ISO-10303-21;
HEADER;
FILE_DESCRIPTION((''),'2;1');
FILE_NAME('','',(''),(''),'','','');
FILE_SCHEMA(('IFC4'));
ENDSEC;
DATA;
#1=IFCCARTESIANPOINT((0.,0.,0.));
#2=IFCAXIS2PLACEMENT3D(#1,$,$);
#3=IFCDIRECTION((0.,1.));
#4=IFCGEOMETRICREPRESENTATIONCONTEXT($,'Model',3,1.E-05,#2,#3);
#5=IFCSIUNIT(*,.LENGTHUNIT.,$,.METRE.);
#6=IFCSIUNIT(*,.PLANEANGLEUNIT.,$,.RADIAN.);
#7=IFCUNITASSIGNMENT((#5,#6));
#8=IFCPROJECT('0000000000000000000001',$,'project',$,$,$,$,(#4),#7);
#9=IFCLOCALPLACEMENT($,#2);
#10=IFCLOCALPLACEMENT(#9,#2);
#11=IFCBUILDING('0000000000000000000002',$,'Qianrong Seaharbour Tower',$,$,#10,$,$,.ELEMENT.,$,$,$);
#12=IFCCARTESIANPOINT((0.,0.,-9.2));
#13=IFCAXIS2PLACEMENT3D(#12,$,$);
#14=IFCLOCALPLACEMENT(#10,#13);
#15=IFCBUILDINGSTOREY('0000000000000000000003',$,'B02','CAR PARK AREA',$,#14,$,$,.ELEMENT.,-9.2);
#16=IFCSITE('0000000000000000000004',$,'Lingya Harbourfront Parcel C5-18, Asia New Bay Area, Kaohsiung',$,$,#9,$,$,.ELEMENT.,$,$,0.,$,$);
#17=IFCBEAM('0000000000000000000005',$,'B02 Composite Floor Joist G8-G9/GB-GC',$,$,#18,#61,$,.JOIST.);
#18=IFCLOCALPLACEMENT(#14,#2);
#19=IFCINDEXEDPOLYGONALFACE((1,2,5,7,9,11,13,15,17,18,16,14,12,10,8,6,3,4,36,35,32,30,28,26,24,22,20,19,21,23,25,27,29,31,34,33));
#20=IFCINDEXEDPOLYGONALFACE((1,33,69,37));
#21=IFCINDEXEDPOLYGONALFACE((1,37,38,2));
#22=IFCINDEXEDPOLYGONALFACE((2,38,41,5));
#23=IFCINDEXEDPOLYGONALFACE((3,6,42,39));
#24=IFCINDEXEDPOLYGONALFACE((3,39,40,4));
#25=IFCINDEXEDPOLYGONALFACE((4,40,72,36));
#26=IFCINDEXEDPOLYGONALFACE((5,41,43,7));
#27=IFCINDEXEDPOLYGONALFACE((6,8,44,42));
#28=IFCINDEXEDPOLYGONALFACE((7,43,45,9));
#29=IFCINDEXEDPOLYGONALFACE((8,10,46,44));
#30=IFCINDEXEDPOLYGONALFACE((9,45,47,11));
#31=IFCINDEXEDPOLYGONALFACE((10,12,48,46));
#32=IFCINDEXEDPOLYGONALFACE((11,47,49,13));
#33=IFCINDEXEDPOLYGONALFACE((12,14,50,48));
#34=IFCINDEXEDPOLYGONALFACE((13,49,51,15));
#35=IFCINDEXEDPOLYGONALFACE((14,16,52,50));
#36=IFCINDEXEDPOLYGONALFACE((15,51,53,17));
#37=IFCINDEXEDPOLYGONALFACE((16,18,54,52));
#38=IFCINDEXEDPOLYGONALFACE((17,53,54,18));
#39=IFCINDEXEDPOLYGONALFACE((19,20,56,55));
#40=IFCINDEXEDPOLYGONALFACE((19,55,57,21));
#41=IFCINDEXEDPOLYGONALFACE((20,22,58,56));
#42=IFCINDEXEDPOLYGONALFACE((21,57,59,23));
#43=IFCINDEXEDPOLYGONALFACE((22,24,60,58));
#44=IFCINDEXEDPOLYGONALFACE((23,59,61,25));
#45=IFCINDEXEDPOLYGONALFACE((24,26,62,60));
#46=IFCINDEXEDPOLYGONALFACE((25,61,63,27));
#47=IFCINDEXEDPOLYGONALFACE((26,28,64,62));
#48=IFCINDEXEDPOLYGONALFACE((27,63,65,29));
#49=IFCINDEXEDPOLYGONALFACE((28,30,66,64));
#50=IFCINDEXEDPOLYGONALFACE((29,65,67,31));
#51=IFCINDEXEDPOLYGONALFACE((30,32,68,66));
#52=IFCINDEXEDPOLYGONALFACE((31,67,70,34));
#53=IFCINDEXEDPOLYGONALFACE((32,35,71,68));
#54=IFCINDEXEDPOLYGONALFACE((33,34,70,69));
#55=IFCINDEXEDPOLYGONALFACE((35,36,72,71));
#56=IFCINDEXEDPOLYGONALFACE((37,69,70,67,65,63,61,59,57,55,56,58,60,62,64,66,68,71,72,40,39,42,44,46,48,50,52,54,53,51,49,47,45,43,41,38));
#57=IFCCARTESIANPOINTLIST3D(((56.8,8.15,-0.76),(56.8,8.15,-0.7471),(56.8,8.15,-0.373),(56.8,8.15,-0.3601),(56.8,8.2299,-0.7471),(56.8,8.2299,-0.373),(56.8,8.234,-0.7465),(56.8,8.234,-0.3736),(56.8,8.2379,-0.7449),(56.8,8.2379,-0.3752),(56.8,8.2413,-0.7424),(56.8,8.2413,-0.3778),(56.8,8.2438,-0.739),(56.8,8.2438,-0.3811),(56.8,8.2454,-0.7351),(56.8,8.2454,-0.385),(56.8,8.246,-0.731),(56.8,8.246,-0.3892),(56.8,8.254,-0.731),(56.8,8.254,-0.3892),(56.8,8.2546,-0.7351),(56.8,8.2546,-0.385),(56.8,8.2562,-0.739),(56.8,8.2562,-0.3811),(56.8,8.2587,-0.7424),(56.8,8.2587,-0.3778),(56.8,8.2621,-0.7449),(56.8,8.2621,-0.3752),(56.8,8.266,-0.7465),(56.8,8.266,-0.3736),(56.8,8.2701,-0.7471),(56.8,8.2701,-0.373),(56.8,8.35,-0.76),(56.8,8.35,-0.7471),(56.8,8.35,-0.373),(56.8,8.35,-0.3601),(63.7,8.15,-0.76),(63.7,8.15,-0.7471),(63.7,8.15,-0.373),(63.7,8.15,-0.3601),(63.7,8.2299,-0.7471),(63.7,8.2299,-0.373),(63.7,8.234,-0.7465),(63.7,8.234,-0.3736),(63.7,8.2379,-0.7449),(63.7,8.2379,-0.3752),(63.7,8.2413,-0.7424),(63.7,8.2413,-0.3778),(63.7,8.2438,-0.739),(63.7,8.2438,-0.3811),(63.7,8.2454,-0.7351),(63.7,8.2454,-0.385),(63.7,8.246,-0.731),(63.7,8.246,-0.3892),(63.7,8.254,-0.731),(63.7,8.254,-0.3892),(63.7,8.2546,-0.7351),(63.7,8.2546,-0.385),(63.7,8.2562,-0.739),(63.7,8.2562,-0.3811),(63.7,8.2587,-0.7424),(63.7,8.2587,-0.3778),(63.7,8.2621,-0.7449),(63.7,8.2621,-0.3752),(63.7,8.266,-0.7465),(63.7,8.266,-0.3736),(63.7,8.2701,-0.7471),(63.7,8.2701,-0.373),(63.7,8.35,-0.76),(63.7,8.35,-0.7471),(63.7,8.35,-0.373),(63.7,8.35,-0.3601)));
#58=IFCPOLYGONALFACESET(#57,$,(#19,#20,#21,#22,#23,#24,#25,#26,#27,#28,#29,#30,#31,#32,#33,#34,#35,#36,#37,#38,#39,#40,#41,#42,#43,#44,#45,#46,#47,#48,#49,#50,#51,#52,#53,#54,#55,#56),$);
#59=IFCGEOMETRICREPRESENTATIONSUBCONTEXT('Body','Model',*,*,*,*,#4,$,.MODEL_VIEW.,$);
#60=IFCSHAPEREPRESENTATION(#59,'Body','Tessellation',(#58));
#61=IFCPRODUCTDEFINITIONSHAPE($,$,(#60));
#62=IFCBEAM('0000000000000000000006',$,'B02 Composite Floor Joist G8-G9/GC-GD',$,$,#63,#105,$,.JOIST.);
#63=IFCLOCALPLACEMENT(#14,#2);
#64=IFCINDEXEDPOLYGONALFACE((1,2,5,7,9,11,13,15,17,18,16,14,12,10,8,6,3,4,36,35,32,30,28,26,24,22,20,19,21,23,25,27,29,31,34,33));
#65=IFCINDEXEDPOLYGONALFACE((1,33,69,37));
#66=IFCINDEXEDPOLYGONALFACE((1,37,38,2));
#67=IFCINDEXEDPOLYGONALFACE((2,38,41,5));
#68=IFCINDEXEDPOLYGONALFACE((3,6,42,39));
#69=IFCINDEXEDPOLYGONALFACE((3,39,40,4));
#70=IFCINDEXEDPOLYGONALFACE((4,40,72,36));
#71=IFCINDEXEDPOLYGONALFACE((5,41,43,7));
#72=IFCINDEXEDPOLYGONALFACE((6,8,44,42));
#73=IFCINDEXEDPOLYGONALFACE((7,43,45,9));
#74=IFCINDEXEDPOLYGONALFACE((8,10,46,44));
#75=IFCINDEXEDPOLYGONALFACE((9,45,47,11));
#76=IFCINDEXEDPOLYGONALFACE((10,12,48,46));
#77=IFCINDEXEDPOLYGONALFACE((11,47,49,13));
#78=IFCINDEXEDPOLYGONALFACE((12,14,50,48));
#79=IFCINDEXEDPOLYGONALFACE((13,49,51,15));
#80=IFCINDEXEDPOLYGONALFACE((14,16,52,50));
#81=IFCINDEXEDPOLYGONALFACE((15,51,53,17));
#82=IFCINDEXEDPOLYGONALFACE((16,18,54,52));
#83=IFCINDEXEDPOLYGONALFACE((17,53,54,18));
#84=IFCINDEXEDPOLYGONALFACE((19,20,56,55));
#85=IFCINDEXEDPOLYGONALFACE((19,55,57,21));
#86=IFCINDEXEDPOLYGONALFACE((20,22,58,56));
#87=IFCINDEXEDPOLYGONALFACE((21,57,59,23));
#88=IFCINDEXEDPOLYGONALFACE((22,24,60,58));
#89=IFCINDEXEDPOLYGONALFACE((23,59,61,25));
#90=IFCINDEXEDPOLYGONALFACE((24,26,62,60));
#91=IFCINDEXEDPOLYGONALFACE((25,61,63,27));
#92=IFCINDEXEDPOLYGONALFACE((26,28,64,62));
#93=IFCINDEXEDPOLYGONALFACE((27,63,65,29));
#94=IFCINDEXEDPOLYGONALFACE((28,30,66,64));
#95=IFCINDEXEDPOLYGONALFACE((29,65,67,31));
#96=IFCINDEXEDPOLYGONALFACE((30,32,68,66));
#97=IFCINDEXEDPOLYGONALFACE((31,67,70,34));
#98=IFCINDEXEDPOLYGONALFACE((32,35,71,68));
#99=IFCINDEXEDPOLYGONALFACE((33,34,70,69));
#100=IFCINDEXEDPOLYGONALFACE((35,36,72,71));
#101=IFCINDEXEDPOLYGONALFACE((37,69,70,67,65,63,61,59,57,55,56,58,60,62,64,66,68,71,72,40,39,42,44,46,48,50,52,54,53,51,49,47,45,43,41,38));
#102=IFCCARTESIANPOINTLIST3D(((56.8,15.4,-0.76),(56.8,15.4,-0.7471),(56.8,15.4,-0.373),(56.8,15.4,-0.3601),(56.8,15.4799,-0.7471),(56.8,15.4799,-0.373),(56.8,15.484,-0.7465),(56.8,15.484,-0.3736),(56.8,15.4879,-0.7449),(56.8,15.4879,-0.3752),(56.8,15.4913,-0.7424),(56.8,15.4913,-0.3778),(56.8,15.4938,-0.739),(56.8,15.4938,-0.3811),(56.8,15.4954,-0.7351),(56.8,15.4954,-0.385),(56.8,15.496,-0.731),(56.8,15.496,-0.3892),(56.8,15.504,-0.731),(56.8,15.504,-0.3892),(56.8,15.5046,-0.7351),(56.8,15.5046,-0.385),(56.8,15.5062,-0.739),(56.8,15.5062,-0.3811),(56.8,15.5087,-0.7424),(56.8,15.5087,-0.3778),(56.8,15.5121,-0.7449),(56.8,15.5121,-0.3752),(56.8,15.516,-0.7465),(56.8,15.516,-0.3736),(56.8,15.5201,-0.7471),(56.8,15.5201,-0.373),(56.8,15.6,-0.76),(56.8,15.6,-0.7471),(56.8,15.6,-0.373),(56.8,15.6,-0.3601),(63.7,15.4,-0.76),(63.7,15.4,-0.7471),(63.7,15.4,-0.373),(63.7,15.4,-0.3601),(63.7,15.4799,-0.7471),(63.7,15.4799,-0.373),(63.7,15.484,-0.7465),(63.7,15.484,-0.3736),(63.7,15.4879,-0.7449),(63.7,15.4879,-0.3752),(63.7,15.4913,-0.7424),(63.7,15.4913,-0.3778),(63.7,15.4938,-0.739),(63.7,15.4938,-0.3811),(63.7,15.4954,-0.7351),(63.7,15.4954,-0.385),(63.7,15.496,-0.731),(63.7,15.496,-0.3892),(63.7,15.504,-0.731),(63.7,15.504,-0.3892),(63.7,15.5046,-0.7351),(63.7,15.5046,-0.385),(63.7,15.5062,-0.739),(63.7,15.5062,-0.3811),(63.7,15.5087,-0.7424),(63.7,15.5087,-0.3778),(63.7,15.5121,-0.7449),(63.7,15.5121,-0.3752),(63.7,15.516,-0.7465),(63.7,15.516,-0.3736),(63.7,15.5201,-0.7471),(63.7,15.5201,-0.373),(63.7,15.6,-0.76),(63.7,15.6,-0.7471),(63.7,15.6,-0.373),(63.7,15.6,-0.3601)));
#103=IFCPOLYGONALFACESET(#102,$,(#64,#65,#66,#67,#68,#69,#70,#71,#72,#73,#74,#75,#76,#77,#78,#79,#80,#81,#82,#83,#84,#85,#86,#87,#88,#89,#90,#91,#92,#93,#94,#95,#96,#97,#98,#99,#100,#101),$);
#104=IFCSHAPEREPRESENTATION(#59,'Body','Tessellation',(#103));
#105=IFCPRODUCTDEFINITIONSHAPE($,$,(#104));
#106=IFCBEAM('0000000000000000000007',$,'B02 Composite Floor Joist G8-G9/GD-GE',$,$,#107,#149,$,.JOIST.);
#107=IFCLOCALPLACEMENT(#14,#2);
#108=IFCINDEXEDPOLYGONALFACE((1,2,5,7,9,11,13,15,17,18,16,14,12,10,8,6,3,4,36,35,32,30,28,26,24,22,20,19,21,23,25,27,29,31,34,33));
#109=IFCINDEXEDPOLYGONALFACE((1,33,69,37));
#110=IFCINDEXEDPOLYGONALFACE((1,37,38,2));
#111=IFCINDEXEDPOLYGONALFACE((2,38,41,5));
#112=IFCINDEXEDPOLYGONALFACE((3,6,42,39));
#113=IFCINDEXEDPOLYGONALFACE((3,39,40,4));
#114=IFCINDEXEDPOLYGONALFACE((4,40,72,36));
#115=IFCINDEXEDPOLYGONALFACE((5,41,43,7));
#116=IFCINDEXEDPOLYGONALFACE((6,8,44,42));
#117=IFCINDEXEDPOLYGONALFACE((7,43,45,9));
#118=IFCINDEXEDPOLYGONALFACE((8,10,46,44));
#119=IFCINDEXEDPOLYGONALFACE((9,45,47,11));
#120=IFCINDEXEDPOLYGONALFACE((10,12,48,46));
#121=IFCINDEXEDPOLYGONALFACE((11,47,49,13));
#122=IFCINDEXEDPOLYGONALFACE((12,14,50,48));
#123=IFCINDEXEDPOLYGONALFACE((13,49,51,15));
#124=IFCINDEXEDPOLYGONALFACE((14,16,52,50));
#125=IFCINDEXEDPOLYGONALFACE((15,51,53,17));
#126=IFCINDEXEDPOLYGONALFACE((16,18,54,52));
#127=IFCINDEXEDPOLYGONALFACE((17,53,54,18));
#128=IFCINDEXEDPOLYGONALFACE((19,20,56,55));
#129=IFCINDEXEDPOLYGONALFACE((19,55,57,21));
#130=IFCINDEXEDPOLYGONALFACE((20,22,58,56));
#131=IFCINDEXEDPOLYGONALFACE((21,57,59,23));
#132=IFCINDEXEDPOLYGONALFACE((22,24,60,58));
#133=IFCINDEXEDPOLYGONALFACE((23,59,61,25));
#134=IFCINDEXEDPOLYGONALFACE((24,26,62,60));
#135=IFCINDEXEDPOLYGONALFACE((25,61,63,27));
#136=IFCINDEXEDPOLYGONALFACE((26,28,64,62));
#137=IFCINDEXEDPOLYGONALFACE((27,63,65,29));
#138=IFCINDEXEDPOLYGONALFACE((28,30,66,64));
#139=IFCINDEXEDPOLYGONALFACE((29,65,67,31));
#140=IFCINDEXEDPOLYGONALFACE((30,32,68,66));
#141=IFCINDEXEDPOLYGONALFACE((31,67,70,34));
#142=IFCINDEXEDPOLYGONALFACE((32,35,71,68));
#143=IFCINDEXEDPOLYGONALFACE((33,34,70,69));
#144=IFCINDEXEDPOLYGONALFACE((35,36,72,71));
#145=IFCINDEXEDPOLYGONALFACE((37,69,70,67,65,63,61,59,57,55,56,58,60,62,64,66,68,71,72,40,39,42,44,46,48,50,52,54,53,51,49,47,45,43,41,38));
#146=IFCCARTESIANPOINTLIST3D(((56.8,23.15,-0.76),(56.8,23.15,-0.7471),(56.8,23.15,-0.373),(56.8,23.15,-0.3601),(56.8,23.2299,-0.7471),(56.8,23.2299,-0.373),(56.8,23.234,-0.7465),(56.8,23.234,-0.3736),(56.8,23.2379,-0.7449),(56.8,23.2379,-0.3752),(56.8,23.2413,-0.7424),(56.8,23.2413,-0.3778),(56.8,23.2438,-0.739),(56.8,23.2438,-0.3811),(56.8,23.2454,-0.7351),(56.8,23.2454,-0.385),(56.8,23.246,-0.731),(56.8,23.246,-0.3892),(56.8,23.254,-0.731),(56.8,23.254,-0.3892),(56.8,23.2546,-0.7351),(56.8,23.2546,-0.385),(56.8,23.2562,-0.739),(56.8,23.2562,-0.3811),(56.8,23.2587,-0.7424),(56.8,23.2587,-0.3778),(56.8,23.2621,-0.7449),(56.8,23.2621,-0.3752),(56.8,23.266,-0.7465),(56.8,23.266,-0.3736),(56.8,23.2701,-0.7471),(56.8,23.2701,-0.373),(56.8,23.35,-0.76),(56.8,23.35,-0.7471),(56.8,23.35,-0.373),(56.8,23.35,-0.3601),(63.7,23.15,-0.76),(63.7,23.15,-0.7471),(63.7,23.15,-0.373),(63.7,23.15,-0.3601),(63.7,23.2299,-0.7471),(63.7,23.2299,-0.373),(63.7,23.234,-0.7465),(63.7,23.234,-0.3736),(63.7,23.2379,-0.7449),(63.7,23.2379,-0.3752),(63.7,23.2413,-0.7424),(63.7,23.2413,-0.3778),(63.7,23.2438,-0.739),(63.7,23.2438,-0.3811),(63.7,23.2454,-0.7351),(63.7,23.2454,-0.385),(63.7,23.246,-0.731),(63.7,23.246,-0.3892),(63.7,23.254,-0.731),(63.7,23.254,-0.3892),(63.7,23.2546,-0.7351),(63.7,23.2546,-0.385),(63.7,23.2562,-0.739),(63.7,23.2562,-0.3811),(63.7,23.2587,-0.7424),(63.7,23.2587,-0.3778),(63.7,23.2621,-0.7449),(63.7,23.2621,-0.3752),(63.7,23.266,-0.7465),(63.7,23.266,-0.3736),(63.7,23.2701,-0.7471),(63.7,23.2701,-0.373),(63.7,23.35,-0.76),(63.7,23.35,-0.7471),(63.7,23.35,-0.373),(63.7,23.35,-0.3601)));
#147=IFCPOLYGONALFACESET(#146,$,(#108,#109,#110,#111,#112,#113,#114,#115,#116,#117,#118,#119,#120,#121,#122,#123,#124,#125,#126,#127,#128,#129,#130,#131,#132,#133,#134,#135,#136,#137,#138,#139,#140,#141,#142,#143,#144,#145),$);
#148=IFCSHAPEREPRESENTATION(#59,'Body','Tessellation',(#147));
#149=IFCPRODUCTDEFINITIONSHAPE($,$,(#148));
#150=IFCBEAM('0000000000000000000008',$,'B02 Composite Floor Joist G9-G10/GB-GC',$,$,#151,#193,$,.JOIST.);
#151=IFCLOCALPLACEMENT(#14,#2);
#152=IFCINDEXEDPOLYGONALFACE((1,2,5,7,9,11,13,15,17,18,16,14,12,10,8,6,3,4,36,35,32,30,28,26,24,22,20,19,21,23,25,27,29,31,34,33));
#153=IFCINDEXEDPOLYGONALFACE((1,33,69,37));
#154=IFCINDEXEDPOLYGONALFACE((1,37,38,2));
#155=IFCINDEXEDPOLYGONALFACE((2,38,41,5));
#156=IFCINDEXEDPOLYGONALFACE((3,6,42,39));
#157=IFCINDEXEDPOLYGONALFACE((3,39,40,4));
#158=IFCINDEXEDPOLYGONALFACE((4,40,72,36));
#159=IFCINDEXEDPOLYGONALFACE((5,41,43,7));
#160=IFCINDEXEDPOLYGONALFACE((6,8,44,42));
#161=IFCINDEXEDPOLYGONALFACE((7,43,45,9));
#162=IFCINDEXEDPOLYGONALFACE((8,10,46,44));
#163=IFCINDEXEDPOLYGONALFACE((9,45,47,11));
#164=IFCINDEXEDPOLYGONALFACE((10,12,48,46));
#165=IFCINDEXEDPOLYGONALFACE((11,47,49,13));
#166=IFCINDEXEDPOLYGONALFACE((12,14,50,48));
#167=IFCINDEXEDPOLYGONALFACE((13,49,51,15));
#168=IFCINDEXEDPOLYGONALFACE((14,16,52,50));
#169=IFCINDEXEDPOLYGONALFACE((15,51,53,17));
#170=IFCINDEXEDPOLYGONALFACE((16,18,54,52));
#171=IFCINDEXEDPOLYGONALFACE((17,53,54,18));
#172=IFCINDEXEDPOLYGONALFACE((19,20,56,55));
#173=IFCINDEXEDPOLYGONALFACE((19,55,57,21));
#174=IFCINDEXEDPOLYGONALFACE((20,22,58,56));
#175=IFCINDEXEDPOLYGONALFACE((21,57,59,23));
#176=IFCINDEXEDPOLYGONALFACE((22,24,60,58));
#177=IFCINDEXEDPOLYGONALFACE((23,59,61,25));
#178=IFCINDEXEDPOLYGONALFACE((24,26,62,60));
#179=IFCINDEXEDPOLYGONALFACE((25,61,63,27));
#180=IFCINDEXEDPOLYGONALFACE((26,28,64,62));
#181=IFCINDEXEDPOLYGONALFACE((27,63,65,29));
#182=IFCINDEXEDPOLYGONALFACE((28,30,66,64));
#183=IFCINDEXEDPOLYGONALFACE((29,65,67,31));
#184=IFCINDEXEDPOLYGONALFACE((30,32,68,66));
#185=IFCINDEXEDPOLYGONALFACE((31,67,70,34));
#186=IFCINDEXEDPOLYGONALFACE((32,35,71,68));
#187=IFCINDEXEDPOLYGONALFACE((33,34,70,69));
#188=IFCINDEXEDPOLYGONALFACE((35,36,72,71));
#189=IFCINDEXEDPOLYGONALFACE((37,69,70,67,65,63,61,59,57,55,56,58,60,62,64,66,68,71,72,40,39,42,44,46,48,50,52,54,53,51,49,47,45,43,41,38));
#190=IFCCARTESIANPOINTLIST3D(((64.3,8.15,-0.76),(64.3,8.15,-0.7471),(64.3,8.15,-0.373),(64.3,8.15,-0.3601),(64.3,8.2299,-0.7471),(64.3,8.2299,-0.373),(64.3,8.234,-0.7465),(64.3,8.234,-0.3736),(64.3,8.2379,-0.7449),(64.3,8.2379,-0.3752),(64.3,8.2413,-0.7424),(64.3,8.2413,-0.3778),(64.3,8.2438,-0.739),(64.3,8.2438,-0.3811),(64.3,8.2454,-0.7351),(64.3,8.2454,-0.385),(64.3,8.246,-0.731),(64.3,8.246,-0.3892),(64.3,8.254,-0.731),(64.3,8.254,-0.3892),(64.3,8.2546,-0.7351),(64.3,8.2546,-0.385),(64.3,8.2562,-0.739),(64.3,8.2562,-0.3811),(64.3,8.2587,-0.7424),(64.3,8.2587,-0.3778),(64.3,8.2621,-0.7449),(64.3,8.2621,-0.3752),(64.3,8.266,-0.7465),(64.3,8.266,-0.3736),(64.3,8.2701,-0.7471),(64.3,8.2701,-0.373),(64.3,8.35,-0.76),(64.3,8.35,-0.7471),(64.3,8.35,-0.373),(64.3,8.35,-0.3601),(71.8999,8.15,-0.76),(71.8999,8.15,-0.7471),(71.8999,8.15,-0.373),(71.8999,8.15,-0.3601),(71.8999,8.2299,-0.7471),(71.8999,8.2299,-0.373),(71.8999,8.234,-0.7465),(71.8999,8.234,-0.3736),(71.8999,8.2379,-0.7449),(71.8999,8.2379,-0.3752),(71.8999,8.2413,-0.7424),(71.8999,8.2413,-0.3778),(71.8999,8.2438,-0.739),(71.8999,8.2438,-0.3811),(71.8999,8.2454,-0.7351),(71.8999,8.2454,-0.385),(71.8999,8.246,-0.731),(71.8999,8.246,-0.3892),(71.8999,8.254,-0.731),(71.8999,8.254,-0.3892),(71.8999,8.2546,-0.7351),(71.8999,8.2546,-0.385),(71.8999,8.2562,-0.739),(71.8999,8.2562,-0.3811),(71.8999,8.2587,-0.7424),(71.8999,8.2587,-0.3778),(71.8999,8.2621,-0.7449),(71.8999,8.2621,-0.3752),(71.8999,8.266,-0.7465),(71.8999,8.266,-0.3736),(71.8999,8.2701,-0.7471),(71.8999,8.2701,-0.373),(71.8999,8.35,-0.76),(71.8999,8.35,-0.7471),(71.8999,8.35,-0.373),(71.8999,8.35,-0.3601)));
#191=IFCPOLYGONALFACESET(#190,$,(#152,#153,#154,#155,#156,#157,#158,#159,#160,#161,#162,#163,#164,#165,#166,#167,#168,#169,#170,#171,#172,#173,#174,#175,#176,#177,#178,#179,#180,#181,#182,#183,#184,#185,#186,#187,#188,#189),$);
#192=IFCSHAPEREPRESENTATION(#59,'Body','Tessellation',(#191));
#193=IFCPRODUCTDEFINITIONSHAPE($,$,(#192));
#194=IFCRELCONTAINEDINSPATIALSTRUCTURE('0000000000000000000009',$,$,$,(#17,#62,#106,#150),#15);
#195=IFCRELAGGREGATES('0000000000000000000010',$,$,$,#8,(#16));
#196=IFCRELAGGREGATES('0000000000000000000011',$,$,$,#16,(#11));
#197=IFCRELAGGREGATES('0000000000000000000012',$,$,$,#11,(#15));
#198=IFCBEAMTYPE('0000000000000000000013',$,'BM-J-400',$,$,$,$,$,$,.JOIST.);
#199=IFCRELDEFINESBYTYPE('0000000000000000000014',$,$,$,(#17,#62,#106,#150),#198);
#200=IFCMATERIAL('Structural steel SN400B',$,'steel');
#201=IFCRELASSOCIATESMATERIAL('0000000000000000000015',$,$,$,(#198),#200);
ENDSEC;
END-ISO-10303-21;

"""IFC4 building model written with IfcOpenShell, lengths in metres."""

from ifc_helpers import new_model, si_unit, direction, frame, origin, origin_2d, place, context, subcontext, project, spatial, i_section, extrude, material, material_profile, profile_set, type_object, element, save


model = new_model("IFC4")

# Units and contexts
model_context = context("Model", 3, precision=1e-05, world=origin(), true_north=direction((0.0, 1.0)))
body_context = subcontext(model_context, "Body", "Model", "MODEL_VIEW")
ifc_project = project(units=[si_unit("LENGTHUNIT", "METRE"), si_unit("PLANEANGLEUNIT", "RADIAN")], contexts=[model_context])

# Site, building, storey
site_placement = place(None, origin())
site = spatial("IfcSite", under=ifc_project, at=site_placement, Name="Lingya Harbourfront Parcel C5-18, Asia New Bay Area, Kaohsiung", CompositionType="ELEMENT", RefElevation=0.0)
building_placement = place(site_placement, origin())
building = spatial("IfcBuilding", under=site, at=building_placement, Name="Qianrong Seaharbour Tower", CompositionType="ELEMENT")
storey_placement = place(building_placement, frame((0.0, 0.0, -9.2)))
storey = spatial("IfcBuildingStorey", under=building, at=storey_placement, Name="B02", Description="CAR PARK AREA", CompositionType="ELEMENT", Elevation=-9.2)

# Beams
ifc_material_1 = material(Name="Structural steel SN400B", Category="steel")
ifc_material_profile_1 = material_profile(ifc_material_1, i_section(OverallWidth=0.2, OverallDepth=0.3999, WebThickness=0.0081, FlangeThickness=0.0129, FilletRadius=0.0161, at=origin_2d()), Name="H400x200x8x13")
ifc_profile_set_1 = profile_set([ifc_material_profile_1], Name="Structural steel SN400B")
beam_type_1 = type_object("IfcBeamType", Name="BM-J-400", PredefinedType="JOIST", material=ifc_profile_set_1)
for number, where, z_axis, x_axis, name in (
    (1, (56.8, 8.25, -0.5601), (1.0, 0.0, 0.0), (0.0, 1.0, 0.0), "B02 Composite Floor Joist G8-G9/GB-GC"),
    (2, (56.8, 15.5, -0.5601), (1.0, 0.0, 0.0), (0.0, 1.0, 0.0), "B02 Composite Floor Joist G8-G9/GC-GD"),
    (3, (56.8, 23.25, -0.5601), (1.0, 0.0, 0.0), (0.0, 1.0, 0.0), "B02 Composite Floor Joist G8-G9/GD-GE"),
):
    element("IfcBeam", number, at=place(storey_placement, frame(where, z_axis=z_axis, x_axis=x_axis)), inside=storey, type_object=beam_type_1, Name=name, PredefinedType="JOIST", context=body_context, shape_type="SweptSolid", body=[
        extrude(i_section(OverallWidth=0.2, OverallDepth=0.3999, WebThickness=0.0081, FlangeThickness=0.0129, FilletRadius=0.0161, at=origin_2d()), origin(), (0.0, 0.0, 1.0), 6.8999),
    ])
for number, where, z_axis, x_axis, name in (
    (4, (64.3, 8.25, -0.5601), (1.0, 0.0, 0.0), (0.0, 1.0, 0.0), "B02 Composite Floor Joist G9-G10/GB-GC"),
):
    element("IfcBeam", number, at=place(storey_placement, frame(where, z_axis=z_axis, x_axis=x_axis)), inside=storey, type_object=beam_type_1, Name=name, PredefinedType="JOIST", context=body_context, shape_type="SweptSolid", body=[
        extrude(i_section(OverallWidth=0.2, OverallDepth=0.3999, WebThickness=0.0081, FlangeThickness=0.0129, FilletRadius=0.0161, at=origin_2d()), origin(), (0.0, 0.0, 1.0), 7.5999),
    ])

save(model, "model.ifc")
